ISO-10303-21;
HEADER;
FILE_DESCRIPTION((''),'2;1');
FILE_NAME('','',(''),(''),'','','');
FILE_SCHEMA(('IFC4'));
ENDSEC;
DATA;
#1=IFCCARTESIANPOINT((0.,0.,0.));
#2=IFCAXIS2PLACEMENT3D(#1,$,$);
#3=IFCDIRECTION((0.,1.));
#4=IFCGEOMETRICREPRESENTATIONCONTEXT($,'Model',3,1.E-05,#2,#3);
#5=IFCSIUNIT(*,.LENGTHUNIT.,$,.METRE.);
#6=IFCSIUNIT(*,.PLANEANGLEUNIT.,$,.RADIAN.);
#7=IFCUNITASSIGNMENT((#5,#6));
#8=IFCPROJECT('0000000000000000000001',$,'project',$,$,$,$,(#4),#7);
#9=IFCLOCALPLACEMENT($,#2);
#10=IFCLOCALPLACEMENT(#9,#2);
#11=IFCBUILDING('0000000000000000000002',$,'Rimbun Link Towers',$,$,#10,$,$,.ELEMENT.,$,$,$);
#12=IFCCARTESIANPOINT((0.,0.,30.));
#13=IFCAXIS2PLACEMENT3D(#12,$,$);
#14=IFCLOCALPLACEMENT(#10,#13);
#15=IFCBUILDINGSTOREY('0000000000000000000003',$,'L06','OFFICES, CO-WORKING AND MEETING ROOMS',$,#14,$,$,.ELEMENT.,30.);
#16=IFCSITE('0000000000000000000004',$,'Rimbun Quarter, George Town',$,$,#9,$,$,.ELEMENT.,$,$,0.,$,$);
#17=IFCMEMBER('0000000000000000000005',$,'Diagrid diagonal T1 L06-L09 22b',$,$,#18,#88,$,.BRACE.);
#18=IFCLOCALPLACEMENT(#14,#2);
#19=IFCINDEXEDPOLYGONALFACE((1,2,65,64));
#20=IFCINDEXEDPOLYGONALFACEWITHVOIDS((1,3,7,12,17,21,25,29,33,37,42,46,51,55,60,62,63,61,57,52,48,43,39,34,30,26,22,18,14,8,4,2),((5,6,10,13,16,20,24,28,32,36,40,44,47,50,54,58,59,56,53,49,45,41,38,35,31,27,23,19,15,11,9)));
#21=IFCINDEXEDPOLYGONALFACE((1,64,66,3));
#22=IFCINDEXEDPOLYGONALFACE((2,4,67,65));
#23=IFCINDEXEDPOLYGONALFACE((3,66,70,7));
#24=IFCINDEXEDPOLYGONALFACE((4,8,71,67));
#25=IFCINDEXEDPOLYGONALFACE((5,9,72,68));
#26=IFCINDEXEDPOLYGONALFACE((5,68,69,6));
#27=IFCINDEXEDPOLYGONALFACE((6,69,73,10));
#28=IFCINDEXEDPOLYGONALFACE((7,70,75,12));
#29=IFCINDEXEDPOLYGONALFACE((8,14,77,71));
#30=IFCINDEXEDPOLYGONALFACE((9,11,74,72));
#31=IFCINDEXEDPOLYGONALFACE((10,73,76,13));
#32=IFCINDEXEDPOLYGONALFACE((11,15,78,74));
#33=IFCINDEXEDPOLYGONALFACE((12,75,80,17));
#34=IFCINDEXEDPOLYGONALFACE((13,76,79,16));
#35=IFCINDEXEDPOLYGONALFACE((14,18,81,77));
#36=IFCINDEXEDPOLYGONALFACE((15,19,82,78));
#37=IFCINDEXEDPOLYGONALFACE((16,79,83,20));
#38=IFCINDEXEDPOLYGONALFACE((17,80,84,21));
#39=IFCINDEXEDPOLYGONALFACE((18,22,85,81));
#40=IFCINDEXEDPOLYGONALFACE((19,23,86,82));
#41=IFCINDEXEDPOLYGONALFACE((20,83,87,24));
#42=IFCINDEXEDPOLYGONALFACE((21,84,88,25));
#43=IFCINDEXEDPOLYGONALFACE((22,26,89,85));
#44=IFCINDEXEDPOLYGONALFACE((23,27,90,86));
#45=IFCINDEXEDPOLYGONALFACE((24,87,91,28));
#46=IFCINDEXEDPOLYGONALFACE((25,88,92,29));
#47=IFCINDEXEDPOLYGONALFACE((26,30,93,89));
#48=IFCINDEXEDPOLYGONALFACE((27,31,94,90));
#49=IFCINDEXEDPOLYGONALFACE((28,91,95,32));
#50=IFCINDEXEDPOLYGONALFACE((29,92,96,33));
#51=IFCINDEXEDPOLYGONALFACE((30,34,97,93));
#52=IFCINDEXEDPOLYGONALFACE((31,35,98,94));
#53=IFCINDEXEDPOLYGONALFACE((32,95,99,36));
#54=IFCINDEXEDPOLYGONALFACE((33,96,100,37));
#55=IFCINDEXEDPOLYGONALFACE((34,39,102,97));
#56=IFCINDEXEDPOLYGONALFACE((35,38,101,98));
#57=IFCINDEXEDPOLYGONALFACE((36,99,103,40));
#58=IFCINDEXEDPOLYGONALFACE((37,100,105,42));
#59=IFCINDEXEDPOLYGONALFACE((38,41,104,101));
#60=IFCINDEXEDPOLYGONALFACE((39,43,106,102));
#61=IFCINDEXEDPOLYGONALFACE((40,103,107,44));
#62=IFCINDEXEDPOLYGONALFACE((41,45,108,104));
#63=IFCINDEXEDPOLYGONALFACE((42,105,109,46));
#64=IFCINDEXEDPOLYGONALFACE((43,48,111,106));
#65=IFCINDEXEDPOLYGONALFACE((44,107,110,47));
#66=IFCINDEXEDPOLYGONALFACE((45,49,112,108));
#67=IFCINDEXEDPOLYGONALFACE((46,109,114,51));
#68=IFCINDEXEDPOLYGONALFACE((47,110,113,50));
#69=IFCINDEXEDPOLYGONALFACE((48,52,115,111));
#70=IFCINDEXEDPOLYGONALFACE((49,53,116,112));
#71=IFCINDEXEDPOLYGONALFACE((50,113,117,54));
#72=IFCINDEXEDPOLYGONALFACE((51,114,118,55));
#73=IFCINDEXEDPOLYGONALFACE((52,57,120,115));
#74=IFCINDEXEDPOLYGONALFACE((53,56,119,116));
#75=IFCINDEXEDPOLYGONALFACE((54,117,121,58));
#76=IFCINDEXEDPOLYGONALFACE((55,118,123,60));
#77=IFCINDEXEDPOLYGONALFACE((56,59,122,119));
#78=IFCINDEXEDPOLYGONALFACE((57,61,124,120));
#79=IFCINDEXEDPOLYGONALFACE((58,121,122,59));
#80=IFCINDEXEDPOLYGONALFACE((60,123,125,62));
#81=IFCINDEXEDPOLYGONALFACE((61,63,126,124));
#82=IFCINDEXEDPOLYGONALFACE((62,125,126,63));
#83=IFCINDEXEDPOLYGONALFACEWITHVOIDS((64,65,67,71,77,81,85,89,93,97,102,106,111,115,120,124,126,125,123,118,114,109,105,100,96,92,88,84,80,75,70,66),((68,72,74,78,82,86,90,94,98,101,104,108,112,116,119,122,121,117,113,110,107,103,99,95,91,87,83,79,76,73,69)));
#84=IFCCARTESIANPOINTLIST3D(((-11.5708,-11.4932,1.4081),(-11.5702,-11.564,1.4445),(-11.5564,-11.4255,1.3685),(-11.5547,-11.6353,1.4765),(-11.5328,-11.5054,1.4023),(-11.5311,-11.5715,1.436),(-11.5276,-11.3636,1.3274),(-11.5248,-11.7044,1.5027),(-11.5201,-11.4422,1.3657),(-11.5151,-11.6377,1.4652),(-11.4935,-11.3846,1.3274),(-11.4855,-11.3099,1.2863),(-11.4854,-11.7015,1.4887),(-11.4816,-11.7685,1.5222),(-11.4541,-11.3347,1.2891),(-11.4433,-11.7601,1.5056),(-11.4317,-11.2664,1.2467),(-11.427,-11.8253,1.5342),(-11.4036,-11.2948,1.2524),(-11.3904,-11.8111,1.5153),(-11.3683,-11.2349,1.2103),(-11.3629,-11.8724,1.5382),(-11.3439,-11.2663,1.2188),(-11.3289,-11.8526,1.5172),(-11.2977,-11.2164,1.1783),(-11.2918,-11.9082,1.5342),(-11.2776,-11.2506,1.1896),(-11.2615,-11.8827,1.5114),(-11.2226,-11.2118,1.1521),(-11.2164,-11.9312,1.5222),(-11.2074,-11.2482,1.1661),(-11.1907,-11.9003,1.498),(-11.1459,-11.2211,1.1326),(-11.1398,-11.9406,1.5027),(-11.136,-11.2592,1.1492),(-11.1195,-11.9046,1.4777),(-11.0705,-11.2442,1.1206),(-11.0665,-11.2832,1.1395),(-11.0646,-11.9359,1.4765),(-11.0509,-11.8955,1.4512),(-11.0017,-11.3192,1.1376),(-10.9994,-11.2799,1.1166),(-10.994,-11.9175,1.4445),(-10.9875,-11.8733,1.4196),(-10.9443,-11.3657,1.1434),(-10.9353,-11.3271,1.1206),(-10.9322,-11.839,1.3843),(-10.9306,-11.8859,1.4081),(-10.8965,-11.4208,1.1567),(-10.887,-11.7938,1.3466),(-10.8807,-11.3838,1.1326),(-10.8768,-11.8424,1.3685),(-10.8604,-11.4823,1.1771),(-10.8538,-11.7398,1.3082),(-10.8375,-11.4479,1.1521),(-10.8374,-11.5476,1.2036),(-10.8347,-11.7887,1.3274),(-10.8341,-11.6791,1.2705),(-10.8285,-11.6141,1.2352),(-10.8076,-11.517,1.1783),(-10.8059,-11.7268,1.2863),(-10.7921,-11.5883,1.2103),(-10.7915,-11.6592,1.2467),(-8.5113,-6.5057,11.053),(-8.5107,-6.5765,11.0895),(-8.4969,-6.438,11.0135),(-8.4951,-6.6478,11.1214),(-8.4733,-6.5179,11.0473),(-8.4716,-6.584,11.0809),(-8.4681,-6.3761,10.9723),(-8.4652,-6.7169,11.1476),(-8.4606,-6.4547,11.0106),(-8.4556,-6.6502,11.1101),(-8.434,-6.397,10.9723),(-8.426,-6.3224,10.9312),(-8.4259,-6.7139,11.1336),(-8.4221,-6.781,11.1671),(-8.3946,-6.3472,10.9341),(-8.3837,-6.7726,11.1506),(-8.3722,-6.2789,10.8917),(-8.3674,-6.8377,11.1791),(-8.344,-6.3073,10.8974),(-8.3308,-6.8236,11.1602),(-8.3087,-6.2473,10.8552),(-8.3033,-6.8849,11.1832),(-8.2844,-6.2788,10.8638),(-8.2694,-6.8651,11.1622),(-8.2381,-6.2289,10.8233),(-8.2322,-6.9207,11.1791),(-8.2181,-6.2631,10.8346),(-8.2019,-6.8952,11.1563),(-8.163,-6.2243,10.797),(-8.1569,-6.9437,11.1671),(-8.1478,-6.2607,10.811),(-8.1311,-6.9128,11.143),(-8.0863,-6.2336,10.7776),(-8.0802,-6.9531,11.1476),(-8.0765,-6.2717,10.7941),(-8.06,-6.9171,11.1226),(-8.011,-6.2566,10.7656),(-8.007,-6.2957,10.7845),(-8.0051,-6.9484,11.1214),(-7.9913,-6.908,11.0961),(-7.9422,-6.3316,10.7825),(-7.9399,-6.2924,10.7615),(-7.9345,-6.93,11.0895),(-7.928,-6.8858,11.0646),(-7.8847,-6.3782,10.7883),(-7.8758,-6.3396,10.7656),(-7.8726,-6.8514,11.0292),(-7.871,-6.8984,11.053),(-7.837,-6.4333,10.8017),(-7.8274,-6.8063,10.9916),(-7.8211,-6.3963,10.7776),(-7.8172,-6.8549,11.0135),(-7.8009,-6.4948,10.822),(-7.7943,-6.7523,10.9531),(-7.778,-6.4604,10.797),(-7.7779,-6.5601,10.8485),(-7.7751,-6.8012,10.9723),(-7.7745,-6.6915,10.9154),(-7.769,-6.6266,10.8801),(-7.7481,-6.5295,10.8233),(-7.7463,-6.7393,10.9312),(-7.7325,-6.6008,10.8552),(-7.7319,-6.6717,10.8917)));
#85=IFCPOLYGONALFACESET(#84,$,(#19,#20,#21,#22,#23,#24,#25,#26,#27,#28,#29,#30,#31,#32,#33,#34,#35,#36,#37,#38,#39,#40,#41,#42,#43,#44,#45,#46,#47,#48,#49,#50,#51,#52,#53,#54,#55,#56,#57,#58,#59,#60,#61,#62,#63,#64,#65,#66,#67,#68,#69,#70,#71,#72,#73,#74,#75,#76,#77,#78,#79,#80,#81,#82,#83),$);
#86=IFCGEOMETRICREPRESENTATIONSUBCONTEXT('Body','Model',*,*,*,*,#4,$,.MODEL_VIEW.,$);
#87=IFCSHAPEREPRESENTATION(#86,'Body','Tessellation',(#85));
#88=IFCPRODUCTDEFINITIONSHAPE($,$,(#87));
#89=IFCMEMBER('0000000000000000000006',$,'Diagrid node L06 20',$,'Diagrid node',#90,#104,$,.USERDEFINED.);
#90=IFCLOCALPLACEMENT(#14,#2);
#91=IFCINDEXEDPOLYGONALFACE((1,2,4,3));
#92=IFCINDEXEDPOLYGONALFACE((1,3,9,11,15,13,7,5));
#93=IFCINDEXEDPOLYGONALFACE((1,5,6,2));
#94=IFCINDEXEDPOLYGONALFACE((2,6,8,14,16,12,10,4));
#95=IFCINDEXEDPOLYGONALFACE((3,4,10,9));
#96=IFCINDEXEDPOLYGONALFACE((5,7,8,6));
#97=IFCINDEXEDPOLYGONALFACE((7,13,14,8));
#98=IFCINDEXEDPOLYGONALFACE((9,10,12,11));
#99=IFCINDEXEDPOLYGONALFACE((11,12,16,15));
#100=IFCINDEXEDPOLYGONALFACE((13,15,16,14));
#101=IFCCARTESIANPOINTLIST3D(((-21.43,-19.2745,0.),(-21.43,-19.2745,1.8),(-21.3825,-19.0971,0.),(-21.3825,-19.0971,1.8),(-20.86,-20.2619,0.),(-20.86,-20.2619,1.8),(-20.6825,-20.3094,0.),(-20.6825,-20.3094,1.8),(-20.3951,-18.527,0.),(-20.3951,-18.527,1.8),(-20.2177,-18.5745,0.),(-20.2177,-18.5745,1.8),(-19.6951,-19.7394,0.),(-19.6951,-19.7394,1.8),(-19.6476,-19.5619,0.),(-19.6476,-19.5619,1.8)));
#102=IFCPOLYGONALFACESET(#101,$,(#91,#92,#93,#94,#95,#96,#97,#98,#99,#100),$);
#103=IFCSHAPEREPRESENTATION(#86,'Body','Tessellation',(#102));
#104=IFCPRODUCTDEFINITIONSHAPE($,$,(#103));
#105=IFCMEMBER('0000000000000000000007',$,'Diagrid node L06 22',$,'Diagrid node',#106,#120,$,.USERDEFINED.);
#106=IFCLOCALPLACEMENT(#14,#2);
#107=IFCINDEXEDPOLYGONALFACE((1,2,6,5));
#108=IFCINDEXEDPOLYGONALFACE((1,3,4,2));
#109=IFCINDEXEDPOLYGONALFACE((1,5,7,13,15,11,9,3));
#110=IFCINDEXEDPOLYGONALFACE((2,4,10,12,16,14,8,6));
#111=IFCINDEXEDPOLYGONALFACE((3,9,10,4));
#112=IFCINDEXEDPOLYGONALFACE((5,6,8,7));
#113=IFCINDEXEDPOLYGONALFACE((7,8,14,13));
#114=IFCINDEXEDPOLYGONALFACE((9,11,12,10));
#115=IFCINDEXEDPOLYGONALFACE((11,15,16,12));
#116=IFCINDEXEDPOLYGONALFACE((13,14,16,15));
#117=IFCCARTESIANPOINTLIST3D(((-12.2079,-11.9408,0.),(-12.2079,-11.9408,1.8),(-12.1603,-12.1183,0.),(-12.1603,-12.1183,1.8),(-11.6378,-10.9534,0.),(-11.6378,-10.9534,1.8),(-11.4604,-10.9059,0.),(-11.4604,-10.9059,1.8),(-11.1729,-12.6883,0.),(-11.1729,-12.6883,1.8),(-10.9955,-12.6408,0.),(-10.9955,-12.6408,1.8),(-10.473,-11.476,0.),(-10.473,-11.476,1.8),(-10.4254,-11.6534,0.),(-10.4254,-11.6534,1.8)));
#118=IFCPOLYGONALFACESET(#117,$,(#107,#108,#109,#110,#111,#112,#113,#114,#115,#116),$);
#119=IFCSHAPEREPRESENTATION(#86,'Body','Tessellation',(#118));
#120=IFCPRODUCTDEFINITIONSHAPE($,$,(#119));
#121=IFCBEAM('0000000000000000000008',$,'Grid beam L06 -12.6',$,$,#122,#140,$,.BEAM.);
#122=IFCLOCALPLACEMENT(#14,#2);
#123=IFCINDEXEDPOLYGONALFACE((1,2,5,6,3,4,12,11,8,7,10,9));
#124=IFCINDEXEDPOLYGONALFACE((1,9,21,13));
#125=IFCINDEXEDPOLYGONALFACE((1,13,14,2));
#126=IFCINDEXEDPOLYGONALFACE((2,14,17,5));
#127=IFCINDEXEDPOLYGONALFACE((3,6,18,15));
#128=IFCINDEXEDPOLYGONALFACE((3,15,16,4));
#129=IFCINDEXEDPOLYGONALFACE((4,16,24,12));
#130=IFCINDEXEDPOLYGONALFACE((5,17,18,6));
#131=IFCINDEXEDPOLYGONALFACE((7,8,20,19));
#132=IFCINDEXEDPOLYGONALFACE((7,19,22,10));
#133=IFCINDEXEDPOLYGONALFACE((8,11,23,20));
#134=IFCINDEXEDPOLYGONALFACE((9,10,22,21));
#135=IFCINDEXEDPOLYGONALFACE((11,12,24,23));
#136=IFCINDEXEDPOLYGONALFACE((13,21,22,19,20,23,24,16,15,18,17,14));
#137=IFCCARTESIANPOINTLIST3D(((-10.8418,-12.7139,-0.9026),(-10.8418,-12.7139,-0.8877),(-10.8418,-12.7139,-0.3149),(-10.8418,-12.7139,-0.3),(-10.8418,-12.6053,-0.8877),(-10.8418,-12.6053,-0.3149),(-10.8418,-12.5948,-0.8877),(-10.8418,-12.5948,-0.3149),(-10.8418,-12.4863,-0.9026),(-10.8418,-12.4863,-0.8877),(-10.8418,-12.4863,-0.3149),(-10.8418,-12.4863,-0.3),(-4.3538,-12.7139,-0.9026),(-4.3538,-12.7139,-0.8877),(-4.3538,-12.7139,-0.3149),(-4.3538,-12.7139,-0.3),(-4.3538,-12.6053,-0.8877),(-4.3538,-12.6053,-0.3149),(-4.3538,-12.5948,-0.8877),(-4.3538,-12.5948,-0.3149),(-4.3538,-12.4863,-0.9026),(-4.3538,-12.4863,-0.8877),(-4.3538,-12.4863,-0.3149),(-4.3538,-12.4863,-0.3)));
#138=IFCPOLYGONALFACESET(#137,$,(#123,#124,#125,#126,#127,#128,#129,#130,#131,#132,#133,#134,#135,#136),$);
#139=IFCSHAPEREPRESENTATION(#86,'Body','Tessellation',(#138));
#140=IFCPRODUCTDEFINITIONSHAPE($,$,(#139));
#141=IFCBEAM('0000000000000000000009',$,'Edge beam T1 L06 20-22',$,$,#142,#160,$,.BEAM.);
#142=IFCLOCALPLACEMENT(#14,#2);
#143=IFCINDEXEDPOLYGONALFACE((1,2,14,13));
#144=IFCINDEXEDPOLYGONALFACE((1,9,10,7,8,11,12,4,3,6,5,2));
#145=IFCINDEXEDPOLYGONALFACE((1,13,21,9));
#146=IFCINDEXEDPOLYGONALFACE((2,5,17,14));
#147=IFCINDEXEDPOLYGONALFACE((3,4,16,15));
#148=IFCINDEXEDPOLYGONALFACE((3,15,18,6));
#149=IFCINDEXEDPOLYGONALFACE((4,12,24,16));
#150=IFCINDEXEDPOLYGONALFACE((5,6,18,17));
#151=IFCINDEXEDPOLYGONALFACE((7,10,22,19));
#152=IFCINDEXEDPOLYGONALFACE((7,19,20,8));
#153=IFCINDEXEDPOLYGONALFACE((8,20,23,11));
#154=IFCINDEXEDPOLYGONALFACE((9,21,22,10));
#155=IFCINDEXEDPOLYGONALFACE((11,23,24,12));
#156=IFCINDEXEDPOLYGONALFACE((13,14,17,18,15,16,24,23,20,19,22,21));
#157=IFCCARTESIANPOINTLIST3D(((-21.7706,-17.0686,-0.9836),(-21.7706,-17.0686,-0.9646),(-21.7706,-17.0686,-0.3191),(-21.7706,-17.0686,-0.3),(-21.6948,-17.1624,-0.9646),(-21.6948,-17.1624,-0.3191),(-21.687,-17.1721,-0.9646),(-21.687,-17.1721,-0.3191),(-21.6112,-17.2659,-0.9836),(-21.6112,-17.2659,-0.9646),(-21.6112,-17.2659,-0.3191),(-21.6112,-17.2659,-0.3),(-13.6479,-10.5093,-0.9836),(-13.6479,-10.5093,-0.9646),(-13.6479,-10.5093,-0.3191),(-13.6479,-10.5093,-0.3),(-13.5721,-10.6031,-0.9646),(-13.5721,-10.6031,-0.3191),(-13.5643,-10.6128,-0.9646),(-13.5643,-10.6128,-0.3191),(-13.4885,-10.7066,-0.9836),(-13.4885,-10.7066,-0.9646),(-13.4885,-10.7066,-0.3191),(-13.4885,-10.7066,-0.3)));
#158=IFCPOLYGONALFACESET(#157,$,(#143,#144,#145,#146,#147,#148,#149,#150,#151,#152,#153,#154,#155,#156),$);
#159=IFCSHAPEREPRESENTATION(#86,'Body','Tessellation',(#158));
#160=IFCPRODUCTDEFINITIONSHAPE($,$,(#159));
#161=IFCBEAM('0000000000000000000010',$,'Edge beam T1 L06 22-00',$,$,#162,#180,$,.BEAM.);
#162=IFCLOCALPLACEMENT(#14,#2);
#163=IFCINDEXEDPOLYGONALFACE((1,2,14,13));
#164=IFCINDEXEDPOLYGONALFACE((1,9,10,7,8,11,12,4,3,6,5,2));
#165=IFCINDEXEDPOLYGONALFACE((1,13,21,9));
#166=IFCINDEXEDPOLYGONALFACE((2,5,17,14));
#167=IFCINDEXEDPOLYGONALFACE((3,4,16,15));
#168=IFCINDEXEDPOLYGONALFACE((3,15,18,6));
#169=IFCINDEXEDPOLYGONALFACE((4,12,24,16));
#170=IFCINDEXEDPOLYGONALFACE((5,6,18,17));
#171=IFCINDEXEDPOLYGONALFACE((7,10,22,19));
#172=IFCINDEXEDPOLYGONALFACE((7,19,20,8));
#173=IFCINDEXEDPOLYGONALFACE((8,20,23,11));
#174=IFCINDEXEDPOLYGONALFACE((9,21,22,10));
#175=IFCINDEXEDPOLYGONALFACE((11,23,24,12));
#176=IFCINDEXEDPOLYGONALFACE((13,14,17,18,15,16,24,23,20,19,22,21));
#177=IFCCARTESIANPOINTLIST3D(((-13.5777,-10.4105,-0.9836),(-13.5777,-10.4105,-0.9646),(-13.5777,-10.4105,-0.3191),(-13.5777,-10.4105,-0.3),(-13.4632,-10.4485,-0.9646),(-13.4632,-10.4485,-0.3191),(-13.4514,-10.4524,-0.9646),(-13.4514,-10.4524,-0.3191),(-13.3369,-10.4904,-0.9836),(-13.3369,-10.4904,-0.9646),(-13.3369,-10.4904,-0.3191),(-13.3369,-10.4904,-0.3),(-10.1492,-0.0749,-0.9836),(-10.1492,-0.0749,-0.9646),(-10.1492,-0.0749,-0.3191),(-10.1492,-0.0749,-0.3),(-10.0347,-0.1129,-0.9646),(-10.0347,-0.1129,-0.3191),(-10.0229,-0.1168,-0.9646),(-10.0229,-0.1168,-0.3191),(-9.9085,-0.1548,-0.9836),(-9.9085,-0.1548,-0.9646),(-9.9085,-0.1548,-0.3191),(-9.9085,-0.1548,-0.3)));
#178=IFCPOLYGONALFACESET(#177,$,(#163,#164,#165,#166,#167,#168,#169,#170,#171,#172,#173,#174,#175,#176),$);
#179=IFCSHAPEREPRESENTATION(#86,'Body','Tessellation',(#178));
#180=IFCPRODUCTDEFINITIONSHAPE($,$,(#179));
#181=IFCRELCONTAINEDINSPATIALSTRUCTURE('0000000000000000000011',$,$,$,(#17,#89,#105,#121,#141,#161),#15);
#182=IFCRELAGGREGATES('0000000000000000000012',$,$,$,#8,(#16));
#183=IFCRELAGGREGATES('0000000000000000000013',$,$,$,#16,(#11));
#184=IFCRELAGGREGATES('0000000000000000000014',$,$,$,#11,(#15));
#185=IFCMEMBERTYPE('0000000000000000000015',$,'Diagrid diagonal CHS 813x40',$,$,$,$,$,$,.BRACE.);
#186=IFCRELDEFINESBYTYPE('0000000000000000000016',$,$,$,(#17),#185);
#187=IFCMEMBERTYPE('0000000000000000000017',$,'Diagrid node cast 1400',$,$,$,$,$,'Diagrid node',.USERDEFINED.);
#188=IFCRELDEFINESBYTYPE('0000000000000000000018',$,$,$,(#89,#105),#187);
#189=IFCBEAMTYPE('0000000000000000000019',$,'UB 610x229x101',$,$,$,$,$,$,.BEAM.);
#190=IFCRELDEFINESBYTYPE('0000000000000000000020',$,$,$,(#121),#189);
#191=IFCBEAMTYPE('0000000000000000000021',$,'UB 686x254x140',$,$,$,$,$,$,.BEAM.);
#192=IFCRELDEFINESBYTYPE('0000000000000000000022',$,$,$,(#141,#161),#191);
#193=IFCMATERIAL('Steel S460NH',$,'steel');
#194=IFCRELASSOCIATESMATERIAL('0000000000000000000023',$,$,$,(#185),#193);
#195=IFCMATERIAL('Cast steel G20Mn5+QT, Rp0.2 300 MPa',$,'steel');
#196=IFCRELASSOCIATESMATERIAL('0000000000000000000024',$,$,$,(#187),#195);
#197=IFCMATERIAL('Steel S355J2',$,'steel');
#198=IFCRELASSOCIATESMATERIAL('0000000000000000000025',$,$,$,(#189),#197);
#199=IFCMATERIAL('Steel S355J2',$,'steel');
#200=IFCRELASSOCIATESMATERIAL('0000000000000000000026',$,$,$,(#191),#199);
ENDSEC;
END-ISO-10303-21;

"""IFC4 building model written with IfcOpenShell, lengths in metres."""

from ifc_helpers import new_model, si_unit, direction, frame, origin, origin_2d, place, context, subcontext, project, spatial, polyline, hollow_circle, i_section, outline, extrude, material, material_profile, profile_set, type_object, element, save


model = new_model("IFC4")

# Units and contexts
model_context = context("Model", 3, precision=1e-05, world=origin(), true_north=direction((0.0, 1.0)))
body_context = subcontext(model_context, "Body", "Model", "MODEL_VIEW")
ifc_project = project(units=[si_unit("LENGTHUNIT", "METRE"), si_unit("PLANEANGLEUNIT", "RADIAN")], contexts=[model_context])

# Site, building, storey
site_placement = place(None, origin())
site = spatial("IfcSite", under=ifc_project, at=site_placement, Name="Rimbun Quarter, George Town", CompositionType="ELEMENT", RefElevation=0.0)
building_placement = place(site_placement, origin())
building = spatial("IfcBuilding", under=site, at=building_placement, Name="Rimbun Link Towers", CompositionType="ELEMENT")
storey_placement = place(building_placement, frame((0.0, 0.0, 30.0)))
storey = spatial("IfcBuildingStorey", under=building, at=storey_placement, Name="L06", Description="OFFICES, CO-WORKING AND MEETING ROOMS", CompositionType="ELEMENT", Elevation=30.0)

# Members
ifc_material_1 = material(Name="Steel S460NH", Category="steel")
ifc_material_profile_1 = material_profile(ifc_material_1, hollow_circle(Radius=0.4065, WallThickness=0.04, at=origin_2d()), Name="Diagrid diagonal CHS 813x40")
ifc_profile_set_1 = profile_set([ifc_material_profile_1], Name="Steel S460NH")
member_type_1 = type_object("IfcMemberType", Name="Diagrid diagonal CHS 813x40", PredefinedType="BRACE", material=ifc_profile_set_1)
member_1_placement = place(storey_placement, frame((-11.1812, -11.5762, 1.3274), z_axis=(0.271212, 0.442116, 0.854972), x_axis=(-0.852397, 0.522896, 0.0)))
element("IfcMember", 1, at=member_1_placement, inside=storey, type_object=member_type_1, Name="Diagrid diagonal T1 L06-L09 22b", PredefinedType="BRACE", context=body_context, shape_type="SweptSolid", body=[
    extrude(hollow_circle(Radius=0.4065, WallThickness=0.04, at=origin_2d()), origin(), (0.0, 0.0, 1.0), 11.281),
])
ifc_material_2 = material(Name="Cast steel G20Mn5+QT, Rp0.2 300 MPa", Category="steel")
ifc_material_profile_2 = material_profile(ifc_material_2, outline(polyline([(0.7, -0.5701), (0.7, 0.5701), (0.5701, 0.7), (-0.5701, 0.7), (-0.7, 0.5701), (-0.7, -0.5701), (-0.5701, -0.7), (0.5701, -0.7), (0.7, -0.5701)])), Name="NODE 1400x1400")
ifc_profile_set_2 = profile_set([ifc_material_profile_2], Name="Cast steel G20Mn5+QT, Rp0.2 300 MPa")
member_type_2 = type_object("IfcMemberType", Name="Diagrid node cast 1400", ElementType="Diagrid node", PredefinedType="USERDEFINED", material=ifc_profile_set_2)
for number, where, z_axis, x_axis, name in (
    (2, (-20.5388, -19.4182, 0.0), (0.0, 0.0, 1.0), (0.5, -0.866025, 0.0), "Diagrid node L06 20"),
    (3, (-11.3167, -11.7971, 0.0), (0.0, 0.0, 1.0), (0.866025, -0.5, 0.0), "Diagrid node L06 22"),
):
    element("IfcMember", number, at=place(storey_placement, frame(where, z_axis=z_axis, x_axis=x_axis)), inside=storey, type_object=member_type_2, Name=name, ObjectType="Diagrid node", PredefinedType="USERDEFINED", context=body_context, shape_type="SweptSolid", body=[
        extrude(outline(polyline([(0.7, -0.5701), (0.7, 0.5701), (0.5701, 0.7), (-0.5701, 0.7), (-0.7, 0.5701), (-0.7, -0.5701), (-0.5701, -0.7), (0.5701, -0.7), (0.7, -0.5701)])), origin(), (0.0, 0.0, 1.0), 1.8),
    ])

# Beams
ifc_material_3 = material(Name="Steel S355J2", Category="steel")
ifc_material_profile_3 = material_profile(ifc_material_3, i_section(OverallWidth=0.2275, OverallDepth=0.6025, WebThickness=0.0105, FlangeThickness=0.0149, at=origin_2d()), Name="UB 610x229x101")
ifc_profile_set_3 = profile_set([ifc_material_profile_3], Name="Steel S355J2")
beam_type_1 = type_object("IfcBeamType", Name="UB 610x229x101", PredefinedType="BEAM", material=ifc_profile_set_3)
beam_1_placement = place(storey_placement, frame((-10.8418, -12.6001, -0.6013), z_axis=(1.0, 0.0, 0.0), x_axis=(0.0, 1.0, 0.0)))
element("IfcBeam", 4, at=beam_1_placement, inside=storey, type_object=beam_type_1, Name="Grid beam L06 -12.6", PredefinedType="BEAM", context=body_context, shape_type="SweptSolid", body=[
    extrude(i_section(OverallWidth=0.2275, OverallDepth=0.6025, WebThickness=0.0105, FlangeThickness=0.0149, at=origin_2d()), origin(), (0.0, 0.0, 1.0), 6.488),
])
ifc_material_4 = material(Name="Steel S355J2", Category="steel")
ifc_material_profile_4 = material_profile(ifc_material_4, i_section(OverallWidth=0.2537, OverallDepth=0.6836, WebThickness=0.0125, FlangeThickness=0.019, at=origin_2d()), Name="UB 686x254x140")
ifc_profile_set_4 = profile_set([ifc_material_profile_4], Name="Steel S355J2")
beam_type_2 = type_object("IfcBeamType", Name="UB 686x254x140", PredefinedType="BEAM", material=ifc_profile_set_4)
beam_2_placement = place(storey_placement, frame((-21.6909, -17.1672, -0.6418), z_axis=(0.778007, 0.628256, 0.0), x_axis=(-0.628256, 0.778007, 0.0)))
element("IfcBeam", 5, at=beam_2_placement, inside=storey, type_object=beam_type_2, Name="Edge beam T1 L06 20-22", PredefinedType="BEAM", context=body_context, shape_type="SweptSolid", body=[
    extrude(i_section(OverallWidth=0.2537, OverallDepth=0.6836, WebThickness=0.0125, FlangeThickness=0.019, at=origin_2d()), origin(), (0.0, 0.0, 1.0), 10.4404),
])
beam_3_placement = place(storey_placement, frame((-13.4573, -10.4504, -0.6418), z_axis=(0.314842, 0.949144, 0.0), x_axis=(-0.949144, 0.314842, 0.0)))
element("IfcBeam", 6, at=beam_3_placement, inside=storey, type_object=beam_type_2, Name="Edge beam T1 L06 22-00", PredefinedType="BEAM", context=body_context, shape_type="SweptSolid", body=[
    extrude(i_section(OverallWidth=0.2537, OverallDepth=0.6836, WebThickness=0.0125, FlangeThickness=0.019, at=origin_2d()), origin(), (0.0, 0.0, 1.0), 10.8894),
])

save(model, "model.ifc")
